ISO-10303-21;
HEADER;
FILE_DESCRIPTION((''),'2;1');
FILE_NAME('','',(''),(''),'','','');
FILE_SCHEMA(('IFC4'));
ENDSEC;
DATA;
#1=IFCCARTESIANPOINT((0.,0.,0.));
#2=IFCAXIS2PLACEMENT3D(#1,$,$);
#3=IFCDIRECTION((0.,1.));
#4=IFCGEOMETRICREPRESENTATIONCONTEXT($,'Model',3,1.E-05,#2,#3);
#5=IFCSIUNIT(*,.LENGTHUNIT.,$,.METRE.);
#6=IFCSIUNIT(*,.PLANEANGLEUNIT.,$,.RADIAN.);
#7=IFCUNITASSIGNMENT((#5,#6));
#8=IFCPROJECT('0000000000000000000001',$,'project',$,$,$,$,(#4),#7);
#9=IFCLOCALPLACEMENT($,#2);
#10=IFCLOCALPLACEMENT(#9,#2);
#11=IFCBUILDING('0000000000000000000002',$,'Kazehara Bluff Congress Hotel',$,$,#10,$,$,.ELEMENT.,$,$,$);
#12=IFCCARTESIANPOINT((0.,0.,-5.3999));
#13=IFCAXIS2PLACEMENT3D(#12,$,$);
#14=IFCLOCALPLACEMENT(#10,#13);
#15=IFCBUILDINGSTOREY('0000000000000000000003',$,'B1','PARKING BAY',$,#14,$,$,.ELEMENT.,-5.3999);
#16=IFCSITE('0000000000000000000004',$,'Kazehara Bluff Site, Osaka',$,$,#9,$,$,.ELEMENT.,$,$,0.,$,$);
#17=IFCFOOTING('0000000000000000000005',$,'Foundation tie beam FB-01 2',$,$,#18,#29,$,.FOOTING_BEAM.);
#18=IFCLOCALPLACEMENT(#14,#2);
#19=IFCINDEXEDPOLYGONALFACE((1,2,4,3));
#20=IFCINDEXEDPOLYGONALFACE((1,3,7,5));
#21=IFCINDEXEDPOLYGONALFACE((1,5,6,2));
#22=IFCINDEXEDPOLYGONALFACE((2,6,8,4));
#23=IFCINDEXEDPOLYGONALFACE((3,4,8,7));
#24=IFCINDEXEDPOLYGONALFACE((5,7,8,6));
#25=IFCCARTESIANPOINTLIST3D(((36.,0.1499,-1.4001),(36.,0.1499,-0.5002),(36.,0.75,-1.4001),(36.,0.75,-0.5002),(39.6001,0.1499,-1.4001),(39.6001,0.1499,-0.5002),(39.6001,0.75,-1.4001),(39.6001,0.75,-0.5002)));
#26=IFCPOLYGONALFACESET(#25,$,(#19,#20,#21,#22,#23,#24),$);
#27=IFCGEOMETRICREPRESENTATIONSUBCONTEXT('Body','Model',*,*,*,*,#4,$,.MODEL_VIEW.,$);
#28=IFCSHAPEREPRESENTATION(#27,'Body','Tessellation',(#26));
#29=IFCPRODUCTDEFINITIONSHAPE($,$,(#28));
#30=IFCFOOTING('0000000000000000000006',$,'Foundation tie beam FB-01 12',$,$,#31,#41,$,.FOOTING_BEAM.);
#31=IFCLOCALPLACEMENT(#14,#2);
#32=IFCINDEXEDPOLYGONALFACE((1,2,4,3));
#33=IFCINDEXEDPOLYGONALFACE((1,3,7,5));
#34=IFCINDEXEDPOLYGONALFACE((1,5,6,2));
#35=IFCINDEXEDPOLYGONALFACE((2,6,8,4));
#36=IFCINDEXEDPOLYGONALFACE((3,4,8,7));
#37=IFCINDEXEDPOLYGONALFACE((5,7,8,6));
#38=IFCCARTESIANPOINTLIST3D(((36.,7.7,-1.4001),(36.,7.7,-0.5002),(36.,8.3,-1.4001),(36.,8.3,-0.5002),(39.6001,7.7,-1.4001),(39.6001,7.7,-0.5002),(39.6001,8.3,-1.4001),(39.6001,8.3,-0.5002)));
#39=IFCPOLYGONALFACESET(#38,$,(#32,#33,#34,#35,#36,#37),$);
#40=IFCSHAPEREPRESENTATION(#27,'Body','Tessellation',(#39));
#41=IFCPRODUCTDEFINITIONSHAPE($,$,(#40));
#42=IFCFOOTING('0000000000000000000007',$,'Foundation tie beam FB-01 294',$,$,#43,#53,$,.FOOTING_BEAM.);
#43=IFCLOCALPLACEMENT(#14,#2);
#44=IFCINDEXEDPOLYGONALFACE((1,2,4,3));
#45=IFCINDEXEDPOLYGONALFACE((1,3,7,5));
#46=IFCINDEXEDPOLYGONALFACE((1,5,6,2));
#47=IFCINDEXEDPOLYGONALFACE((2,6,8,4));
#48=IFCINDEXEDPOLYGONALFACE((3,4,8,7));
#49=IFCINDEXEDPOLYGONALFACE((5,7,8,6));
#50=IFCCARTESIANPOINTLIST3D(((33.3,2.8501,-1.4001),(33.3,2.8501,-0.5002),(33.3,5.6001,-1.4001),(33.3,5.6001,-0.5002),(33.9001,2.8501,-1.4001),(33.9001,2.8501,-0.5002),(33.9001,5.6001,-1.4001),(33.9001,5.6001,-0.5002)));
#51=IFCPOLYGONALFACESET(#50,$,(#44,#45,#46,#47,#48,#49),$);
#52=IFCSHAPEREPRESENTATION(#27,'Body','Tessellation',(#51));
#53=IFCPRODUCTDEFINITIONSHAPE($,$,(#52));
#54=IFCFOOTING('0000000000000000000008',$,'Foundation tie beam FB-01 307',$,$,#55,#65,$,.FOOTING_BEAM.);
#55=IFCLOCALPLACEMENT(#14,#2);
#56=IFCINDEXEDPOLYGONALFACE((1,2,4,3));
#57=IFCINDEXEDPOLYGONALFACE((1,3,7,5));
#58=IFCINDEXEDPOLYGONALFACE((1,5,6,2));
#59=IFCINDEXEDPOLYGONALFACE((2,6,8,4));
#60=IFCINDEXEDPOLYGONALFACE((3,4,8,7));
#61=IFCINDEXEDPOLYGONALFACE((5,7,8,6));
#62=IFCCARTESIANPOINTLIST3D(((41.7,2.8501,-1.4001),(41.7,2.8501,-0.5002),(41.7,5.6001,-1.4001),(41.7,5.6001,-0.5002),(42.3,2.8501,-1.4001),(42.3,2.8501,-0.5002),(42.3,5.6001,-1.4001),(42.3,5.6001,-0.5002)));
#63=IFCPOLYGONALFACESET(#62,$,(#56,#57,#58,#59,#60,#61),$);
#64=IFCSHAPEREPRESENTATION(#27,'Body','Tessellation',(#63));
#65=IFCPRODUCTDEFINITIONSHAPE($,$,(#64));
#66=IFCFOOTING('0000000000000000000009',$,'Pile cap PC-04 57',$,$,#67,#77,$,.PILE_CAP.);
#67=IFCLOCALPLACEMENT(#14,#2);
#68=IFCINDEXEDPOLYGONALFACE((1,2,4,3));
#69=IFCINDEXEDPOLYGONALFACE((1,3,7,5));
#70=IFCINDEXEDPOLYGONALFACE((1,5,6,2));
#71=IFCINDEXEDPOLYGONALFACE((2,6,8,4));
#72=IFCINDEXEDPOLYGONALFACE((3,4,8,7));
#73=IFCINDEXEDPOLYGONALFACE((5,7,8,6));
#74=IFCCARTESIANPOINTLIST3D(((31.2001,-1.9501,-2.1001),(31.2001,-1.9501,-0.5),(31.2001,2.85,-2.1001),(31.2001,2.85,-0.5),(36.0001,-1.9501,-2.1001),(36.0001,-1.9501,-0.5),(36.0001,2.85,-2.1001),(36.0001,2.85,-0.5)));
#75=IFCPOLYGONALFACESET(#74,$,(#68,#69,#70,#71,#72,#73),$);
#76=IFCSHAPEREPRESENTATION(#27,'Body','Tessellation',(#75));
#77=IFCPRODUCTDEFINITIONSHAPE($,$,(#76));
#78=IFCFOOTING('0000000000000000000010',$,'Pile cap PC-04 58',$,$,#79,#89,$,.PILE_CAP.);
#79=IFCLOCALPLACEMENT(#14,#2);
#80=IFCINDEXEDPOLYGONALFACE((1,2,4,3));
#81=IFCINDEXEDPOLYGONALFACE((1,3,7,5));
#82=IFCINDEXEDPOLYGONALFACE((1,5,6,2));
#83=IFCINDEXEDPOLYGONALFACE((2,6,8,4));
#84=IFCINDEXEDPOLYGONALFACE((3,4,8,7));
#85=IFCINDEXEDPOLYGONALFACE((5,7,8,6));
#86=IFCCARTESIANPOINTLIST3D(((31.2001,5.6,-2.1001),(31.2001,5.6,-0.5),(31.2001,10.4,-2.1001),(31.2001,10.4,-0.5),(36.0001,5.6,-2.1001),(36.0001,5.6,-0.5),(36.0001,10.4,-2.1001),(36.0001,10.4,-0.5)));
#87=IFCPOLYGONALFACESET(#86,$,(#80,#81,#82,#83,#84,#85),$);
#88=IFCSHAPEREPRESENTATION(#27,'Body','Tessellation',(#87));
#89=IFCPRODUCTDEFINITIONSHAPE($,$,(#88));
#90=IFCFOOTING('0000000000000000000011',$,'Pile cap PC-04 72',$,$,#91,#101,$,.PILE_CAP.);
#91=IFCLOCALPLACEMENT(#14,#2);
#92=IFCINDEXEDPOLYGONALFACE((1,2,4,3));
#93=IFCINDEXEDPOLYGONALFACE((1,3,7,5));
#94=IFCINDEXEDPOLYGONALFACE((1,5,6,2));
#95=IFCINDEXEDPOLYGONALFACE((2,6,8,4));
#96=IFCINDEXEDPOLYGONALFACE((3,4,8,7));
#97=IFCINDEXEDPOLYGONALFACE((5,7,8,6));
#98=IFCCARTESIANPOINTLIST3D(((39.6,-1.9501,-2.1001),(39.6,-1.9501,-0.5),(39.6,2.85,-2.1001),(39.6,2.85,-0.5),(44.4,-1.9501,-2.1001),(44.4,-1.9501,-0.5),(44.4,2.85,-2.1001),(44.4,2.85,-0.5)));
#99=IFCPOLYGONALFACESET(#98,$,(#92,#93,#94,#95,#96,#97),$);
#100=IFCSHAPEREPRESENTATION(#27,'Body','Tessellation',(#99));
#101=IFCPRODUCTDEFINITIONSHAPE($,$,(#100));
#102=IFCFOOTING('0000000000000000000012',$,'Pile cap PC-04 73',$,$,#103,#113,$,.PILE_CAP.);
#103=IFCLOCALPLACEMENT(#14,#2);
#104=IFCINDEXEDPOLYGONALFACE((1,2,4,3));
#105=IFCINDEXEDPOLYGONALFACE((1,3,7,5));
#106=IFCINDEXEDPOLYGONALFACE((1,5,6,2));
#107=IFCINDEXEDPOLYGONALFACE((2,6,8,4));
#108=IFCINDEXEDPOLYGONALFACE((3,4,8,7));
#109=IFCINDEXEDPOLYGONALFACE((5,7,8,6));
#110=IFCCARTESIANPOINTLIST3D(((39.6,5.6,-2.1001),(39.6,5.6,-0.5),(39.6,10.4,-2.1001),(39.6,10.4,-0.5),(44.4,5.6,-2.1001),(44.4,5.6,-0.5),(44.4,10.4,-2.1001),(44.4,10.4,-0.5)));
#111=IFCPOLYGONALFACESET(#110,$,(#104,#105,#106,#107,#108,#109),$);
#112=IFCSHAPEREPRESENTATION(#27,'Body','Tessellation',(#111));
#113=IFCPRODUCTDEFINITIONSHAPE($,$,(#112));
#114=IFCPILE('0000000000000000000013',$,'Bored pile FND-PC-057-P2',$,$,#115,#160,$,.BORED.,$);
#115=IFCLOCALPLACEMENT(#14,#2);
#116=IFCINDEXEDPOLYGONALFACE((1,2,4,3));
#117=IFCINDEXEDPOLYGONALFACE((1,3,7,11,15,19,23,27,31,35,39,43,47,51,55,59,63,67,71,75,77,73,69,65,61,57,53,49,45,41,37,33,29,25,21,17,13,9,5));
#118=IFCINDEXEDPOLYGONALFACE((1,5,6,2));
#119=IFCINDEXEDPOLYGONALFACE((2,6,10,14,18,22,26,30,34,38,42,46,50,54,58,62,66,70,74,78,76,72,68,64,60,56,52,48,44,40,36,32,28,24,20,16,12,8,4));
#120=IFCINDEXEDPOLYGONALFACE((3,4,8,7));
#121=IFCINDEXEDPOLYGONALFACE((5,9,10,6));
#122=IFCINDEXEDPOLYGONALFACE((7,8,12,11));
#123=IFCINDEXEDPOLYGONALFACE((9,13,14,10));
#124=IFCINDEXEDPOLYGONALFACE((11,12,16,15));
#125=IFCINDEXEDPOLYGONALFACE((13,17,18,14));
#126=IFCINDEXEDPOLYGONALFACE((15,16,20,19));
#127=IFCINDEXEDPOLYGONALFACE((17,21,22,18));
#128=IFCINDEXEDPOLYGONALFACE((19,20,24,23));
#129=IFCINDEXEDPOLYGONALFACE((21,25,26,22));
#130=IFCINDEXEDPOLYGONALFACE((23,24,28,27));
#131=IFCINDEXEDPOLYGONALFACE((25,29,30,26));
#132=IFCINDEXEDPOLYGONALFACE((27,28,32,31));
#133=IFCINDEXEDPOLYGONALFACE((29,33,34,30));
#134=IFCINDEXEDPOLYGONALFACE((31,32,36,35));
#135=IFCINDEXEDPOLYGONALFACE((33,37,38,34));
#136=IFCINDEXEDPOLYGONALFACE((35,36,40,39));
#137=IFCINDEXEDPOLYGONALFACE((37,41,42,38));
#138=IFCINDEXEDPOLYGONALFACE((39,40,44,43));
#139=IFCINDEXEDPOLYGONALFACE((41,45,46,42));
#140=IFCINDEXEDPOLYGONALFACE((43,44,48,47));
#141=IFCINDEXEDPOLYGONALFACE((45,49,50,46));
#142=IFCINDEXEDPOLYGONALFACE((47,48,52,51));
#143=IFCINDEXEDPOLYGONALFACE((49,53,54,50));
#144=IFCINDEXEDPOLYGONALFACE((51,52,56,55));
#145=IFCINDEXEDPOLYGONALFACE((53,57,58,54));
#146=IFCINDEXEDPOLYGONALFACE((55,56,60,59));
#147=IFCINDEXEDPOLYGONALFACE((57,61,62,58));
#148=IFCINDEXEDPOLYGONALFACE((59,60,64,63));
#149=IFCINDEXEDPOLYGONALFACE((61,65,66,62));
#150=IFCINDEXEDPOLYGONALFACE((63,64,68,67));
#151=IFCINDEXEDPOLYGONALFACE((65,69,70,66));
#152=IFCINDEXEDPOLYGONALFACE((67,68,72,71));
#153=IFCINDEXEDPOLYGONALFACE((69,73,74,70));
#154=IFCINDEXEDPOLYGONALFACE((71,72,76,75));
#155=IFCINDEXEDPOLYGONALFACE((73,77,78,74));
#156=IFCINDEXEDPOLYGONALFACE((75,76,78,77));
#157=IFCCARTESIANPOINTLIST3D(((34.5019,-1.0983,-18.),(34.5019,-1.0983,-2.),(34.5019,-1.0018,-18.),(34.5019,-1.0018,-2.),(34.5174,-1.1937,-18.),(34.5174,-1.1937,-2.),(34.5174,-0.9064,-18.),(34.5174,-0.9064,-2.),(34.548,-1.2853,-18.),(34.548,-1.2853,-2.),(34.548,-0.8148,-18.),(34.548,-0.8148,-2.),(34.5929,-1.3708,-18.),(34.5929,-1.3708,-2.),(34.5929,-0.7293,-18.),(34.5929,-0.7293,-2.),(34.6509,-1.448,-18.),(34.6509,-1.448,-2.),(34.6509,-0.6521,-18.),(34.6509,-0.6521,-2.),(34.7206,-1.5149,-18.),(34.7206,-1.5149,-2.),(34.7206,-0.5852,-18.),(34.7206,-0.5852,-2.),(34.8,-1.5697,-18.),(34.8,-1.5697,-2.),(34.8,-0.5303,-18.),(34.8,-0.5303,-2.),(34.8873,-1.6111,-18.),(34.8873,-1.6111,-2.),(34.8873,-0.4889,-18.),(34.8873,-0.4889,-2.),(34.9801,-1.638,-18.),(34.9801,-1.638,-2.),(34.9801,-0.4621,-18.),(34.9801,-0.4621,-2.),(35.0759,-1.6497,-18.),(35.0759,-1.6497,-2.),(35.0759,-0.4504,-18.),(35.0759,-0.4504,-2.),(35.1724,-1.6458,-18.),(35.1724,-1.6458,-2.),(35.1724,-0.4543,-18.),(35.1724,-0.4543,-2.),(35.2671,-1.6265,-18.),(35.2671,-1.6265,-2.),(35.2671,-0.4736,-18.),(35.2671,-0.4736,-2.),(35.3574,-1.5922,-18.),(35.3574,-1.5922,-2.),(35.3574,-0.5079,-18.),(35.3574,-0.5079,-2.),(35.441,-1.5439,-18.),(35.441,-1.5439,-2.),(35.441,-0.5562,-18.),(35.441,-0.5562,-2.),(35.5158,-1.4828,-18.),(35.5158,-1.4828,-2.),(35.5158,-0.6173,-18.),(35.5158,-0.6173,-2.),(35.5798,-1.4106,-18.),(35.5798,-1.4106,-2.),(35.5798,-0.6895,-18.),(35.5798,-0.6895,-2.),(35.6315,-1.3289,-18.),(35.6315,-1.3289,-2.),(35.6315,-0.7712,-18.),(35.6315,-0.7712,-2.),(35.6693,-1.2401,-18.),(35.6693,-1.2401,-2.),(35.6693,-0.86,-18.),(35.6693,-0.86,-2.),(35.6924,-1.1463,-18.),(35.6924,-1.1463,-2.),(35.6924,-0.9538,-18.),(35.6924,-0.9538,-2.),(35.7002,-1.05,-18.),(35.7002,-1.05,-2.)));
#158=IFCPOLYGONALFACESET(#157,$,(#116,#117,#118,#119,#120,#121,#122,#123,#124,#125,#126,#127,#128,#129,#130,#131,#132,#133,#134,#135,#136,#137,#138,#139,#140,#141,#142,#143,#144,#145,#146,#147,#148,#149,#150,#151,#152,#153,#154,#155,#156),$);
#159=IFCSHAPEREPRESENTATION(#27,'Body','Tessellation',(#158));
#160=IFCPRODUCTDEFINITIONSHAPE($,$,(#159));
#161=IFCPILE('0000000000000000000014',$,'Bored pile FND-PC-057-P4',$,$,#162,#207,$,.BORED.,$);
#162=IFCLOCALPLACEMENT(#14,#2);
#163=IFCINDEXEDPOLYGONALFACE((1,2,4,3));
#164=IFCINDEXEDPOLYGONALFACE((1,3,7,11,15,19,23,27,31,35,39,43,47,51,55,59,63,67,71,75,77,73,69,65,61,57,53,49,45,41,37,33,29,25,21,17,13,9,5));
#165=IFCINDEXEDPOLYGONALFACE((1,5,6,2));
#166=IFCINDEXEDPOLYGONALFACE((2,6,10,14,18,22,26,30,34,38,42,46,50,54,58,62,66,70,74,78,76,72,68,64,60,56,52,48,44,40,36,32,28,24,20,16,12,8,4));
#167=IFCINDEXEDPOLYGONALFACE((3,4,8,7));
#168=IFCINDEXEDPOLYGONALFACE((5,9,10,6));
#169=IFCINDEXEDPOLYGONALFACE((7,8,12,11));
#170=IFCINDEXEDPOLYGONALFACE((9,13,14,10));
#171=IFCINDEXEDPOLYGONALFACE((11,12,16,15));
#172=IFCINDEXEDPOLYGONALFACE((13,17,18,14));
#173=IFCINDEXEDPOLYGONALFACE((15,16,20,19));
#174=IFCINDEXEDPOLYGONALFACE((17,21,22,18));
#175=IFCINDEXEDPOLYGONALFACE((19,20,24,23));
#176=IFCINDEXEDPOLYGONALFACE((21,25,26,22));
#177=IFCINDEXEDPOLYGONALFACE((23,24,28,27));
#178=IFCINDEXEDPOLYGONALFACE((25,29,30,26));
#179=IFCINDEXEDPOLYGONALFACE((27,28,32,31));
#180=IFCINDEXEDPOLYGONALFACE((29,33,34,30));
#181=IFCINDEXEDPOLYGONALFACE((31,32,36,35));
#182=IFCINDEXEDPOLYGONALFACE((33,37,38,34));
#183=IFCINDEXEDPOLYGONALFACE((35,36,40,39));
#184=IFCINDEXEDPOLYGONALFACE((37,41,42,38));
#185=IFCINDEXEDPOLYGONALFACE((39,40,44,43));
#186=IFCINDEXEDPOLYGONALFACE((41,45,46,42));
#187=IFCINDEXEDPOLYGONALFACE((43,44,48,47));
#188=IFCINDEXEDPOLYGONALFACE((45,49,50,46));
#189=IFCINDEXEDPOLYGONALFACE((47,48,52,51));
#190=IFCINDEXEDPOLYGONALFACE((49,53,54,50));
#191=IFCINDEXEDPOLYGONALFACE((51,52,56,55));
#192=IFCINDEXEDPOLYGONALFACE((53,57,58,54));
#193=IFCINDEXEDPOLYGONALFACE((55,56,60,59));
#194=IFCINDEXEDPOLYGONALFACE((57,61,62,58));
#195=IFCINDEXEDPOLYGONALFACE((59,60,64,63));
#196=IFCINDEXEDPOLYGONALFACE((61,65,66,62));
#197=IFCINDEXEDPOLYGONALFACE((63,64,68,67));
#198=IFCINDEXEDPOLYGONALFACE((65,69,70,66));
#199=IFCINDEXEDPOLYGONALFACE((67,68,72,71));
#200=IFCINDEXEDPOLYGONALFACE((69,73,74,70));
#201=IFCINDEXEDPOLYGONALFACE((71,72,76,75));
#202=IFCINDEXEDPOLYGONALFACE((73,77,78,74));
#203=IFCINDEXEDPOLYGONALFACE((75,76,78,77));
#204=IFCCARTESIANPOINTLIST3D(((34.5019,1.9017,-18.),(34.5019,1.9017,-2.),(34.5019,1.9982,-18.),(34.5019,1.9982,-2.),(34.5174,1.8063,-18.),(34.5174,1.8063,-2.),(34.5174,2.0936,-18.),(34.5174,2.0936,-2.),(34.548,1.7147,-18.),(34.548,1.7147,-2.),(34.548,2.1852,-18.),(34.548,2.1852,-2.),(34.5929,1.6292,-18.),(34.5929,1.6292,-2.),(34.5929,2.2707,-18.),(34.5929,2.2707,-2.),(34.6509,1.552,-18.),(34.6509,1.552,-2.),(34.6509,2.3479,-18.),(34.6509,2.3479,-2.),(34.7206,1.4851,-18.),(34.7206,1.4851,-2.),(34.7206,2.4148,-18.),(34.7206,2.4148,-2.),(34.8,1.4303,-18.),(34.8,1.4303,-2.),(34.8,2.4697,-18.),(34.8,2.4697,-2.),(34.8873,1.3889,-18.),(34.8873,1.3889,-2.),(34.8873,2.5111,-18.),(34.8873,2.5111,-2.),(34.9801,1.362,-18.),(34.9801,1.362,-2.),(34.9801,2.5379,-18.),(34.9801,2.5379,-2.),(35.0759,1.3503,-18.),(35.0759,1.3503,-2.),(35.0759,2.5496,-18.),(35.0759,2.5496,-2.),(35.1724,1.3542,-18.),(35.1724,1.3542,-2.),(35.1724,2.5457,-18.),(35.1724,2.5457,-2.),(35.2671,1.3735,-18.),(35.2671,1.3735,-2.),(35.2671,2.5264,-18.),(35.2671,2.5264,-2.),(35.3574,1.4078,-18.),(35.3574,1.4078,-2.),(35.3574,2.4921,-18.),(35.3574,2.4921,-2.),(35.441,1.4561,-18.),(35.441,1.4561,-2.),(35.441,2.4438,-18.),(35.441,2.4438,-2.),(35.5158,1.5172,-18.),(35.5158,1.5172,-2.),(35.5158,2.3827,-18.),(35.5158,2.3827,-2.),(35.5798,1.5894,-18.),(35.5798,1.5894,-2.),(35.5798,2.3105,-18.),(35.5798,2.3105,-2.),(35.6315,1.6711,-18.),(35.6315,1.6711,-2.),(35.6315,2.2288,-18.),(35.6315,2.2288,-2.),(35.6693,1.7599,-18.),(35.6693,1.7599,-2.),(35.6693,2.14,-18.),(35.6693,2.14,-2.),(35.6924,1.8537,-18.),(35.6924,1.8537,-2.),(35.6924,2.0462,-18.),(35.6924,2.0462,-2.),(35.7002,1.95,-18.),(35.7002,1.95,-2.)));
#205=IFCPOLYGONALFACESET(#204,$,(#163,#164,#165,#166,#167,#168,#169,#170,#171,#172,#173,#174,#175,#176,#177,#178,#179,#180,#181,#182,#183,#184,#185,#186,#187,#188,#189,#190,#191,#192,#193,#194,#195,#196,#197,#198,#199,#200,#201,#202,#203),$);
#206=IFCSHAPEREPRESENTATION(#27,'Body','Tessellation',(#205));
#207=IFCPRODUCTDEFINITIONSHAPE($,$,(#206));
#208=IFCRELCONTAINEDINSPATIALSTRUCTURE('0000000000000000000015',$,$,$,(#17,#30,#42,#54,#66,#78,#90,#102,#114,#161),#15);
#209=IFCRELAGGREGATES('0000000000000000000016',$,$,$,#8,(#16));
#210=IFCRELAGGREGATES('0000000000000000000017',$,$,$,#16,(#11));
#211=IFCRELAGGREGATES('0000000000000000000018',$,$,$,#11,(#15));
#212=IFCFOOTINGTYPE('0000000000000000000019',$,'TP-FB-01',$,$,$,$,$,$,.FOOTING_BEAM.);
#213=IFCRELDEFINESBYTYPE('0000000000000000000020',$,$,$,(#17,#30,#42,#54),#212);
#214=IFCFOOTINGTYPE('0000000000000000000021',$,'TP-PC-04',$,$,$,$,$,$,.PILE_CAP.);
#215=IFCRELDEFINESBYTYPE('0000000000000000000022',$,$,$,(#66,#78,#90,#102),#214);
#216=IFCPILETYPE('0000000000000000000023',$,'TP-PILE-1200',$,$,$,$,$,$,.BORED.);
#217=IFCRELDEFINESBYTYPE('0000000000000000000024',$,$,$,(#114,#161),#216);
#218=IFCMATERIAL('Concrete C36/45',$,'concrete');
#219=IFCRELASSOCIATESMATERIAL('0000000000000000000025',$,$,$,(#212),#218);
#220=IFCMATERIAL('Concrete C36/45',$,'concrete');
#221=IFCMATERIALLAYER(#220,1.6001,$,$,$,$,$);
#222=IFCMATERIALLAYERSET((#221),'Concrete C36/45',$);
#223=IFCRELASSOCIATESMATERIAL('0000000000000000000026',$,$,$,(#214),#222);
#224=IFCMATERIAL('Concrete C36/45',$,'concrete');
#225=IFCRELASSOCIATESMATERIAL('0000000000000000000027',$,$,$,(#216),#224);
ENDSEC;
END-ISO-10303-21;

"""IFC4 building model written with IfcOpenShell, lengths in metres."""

from ifc_helpers import new_model, si_unit, direction, frame, origin, origin_2d, place, context, subcontext, project, spatial, rectangle, circle, extrude, material, layer, layer_set, material_profile, profile_set, type_object, element, save


model = new_model("IFC4")

# Units and contexts
model_context = context("Model", 3, precision=1e-05, world=origin(), true_north=direction((0.0, 1.0)))
body_context = subcontext(model_context, "Body", "Model", "MODEL_VIEW")
ifc_project = project(units=[si_unit("LENGTHUNIT", "METRE"), si_unit("PLANEANGLEUNIT", "RADIAN")], contexts=[model_context])

# Site, building, storey
site_placement = place(None, origin())
site = spatial("IfcSite", under=ifc_project, at=site_placement, Name="Kazehara Bluff Site, Osaka", CompositionType="ELEMENT", RefElevation=0.0)
building_placement = place(site_placement, origin())
building = spatial("IfcBuilding", under=site, at=building_placement, Name="Kazehara Bluff Congress Hotel", CompositionType="ELEMENT")
storey_placement = place(building_placement, frame((0.0, 0.0, -5.3999)))
storey = spatial("IfcBuildingStorey", under=building, at=storey_placement, Name="B1", Description="PARKING BAY", CompositionType="ELEMENT", Elevation=-5.3999)

# Footings
ifc_material_1 = material(Name="Concrete C36/45", Category="concrete")
ifc_material_profile_1 = material_profile(ifc_material_1, rectangle(XDim=0.6001, YDim=0.8999, at=origin_2d()))
ifc_profile_set_1 = profile_set([ifc_material_profile_1], Name="Concrete C36/45")
footing_type_1 = type_object("IfcFootingType", Name="TP-FB-01", PredefinedType="FOOTING_BEAM", material=ifc_profile_set_1)
for number, where, z_axis, x_axis, name in (
    (1, (36.0, 0.45, -0.9502), (1.0, 0.0, 0.0), (0.0, 1.0, 0.0), "Foundation tie beam FB-01 2"),
    (2, (36.0, 8.0, -0.9502), (1.0, 0.0, 0.0), (0.0, 1.0, 0.0), "Foundation tie beam FB-01 12"),
):
    element("IfcFooting", number, at=place(storey_placement, frame(where, z_axis=z_axis, x_axis=x_axis)), inside=storey, type_object=footing_type_1, Name=name, PredefinedType="FOOTING_BEAM", context=body_context, shape_type="SweptSolid", body=[
        extrude(rectangle(XDim=0.6001, YDim=0.8999, at=origin_2d()), origin(), (0.0, 0.0, 1.0), 3.6001),
    ])
for number, where, z_axis, x_axis, name in (
    (3, (33.6001, 2.8501, -0.9502), (0.0, 1.0, 0.0), (-1.0, 0.0, 0.0), "Foundation tie beam FB-01 294"),
    (4, (42.0, 2.8501, -0.9502), (0.0, 1.0, 0.0), (-1.0, 0.0, 0.0), "Foundation tie beam FB-01 307"),
):
    element("IfcFooting", number, at=place(storey_placement, frame(where, z_axis=z_axis, x_axis=x_axis)), inside=storey, type_object=footing_type_1, Name=name, PredefinedType="FOOTING_BEAM", context=body_context, shape_type="SweptSolid", body=[
        extrude(rectangle(XDim=0.6001, YDim=0.8999, at=origin_2d()), origin(), (0.0, 0.0, 1.0), 2.75),
    ])
ifc_material_2 = material(Name="Concrete C36/45", Category="concrete")
ifc_layer_1 = layer(ifc_material_2, 1.6001)
ifc_layer_set_1 = layer_set([ifc_layer_1], Name="Concrete C36/45")
footing_type_2 = type_object("IfcFootingType", Name="TP-PC-04", PredefinedType="PILE_CAP", material=ifc_layer_set_1)
for number, where, z_axis, x_axis, name in (
    (5, (33.6001, 0.45, -2.1001), (0.0, 0.0, 1.0), (1.0, 0.0, 0.0), "Pile cap PC-04 57"),
    (6, (33.6001, 8.0, -2.1001), (0.0, 0.0, 1.0), (1.0, 0.0, 0.0), "Pile cap PC-04 58"),
    (7, (42.0, 0.45, -2.1001), (0.0, 0.0, 1.0), (1.0, 0.0, 0.0), "Pile cap PC-04 72"),
    (8, (42.0, 8.0, -2.1001), (0.0, 0.0, 1.0), (1.0, 0.0, 0.0), "Pile cap PC-04 73"),
):
    element("IfcFooting", number, at=place(storey_placement, frame(where, z_axis=z_axis, x_axis=x_axis)), inside=storey, type_object=footing_type_2, Name=name, PredefinedType="PILE_CAP", context=body_context, shape_type="SweptSolid", body=[
        extrude(rectangle(XDim=4.8, YDim=4.8, at=origin_2d()), origin(), (0.0, 0.0, 1.0), 1.6001),
    ])

# Piles
ifc_material_3 = material(Name="Concrete C36/45", Category="concrete")
ifc_material_profile_2 = material_profile(ifc_material_3, circle(Radius=0.6001, at=origin_2d()))
ifc_profile_set_2 = profile_set([ifc_material_profile_2], Name="Concrete C36/45")
pile_type = type_object("IfcPileType", Name="TP-PILE-1200", PredefinedType="BORED", material=ifc_profile_set_2)
for number, where, z_axis, x_axis, name in (
    (9, (35.1001, -1.05, -2.0), (0.0, 0.0, -1.0), (1.0, 0.0, 0.0), "Bored pile FND-PC-057-P2"),
    (10, (35.1001, 1.95, -2.0), (0.0, 0.0, -1.0), (1.0, 0.0, 0.0), "Bored pile FND-PC-057-P4"),
):
    element("IfcPile", number, at=place(storey_placement, frame(where, z_axis=z_axis, x_axis=x_axis)), inside=storey, type_object=pile_type, Name=name, PredefinedType="BORED", context=body_context, shape_type="SweptSolid", body=[
        extrude(circle(Radius=0.6001, at=origin_2d()), origin(), (0.0, 0.0, 1.0), 16.0),
    ])

save(model, "model.ifc")
